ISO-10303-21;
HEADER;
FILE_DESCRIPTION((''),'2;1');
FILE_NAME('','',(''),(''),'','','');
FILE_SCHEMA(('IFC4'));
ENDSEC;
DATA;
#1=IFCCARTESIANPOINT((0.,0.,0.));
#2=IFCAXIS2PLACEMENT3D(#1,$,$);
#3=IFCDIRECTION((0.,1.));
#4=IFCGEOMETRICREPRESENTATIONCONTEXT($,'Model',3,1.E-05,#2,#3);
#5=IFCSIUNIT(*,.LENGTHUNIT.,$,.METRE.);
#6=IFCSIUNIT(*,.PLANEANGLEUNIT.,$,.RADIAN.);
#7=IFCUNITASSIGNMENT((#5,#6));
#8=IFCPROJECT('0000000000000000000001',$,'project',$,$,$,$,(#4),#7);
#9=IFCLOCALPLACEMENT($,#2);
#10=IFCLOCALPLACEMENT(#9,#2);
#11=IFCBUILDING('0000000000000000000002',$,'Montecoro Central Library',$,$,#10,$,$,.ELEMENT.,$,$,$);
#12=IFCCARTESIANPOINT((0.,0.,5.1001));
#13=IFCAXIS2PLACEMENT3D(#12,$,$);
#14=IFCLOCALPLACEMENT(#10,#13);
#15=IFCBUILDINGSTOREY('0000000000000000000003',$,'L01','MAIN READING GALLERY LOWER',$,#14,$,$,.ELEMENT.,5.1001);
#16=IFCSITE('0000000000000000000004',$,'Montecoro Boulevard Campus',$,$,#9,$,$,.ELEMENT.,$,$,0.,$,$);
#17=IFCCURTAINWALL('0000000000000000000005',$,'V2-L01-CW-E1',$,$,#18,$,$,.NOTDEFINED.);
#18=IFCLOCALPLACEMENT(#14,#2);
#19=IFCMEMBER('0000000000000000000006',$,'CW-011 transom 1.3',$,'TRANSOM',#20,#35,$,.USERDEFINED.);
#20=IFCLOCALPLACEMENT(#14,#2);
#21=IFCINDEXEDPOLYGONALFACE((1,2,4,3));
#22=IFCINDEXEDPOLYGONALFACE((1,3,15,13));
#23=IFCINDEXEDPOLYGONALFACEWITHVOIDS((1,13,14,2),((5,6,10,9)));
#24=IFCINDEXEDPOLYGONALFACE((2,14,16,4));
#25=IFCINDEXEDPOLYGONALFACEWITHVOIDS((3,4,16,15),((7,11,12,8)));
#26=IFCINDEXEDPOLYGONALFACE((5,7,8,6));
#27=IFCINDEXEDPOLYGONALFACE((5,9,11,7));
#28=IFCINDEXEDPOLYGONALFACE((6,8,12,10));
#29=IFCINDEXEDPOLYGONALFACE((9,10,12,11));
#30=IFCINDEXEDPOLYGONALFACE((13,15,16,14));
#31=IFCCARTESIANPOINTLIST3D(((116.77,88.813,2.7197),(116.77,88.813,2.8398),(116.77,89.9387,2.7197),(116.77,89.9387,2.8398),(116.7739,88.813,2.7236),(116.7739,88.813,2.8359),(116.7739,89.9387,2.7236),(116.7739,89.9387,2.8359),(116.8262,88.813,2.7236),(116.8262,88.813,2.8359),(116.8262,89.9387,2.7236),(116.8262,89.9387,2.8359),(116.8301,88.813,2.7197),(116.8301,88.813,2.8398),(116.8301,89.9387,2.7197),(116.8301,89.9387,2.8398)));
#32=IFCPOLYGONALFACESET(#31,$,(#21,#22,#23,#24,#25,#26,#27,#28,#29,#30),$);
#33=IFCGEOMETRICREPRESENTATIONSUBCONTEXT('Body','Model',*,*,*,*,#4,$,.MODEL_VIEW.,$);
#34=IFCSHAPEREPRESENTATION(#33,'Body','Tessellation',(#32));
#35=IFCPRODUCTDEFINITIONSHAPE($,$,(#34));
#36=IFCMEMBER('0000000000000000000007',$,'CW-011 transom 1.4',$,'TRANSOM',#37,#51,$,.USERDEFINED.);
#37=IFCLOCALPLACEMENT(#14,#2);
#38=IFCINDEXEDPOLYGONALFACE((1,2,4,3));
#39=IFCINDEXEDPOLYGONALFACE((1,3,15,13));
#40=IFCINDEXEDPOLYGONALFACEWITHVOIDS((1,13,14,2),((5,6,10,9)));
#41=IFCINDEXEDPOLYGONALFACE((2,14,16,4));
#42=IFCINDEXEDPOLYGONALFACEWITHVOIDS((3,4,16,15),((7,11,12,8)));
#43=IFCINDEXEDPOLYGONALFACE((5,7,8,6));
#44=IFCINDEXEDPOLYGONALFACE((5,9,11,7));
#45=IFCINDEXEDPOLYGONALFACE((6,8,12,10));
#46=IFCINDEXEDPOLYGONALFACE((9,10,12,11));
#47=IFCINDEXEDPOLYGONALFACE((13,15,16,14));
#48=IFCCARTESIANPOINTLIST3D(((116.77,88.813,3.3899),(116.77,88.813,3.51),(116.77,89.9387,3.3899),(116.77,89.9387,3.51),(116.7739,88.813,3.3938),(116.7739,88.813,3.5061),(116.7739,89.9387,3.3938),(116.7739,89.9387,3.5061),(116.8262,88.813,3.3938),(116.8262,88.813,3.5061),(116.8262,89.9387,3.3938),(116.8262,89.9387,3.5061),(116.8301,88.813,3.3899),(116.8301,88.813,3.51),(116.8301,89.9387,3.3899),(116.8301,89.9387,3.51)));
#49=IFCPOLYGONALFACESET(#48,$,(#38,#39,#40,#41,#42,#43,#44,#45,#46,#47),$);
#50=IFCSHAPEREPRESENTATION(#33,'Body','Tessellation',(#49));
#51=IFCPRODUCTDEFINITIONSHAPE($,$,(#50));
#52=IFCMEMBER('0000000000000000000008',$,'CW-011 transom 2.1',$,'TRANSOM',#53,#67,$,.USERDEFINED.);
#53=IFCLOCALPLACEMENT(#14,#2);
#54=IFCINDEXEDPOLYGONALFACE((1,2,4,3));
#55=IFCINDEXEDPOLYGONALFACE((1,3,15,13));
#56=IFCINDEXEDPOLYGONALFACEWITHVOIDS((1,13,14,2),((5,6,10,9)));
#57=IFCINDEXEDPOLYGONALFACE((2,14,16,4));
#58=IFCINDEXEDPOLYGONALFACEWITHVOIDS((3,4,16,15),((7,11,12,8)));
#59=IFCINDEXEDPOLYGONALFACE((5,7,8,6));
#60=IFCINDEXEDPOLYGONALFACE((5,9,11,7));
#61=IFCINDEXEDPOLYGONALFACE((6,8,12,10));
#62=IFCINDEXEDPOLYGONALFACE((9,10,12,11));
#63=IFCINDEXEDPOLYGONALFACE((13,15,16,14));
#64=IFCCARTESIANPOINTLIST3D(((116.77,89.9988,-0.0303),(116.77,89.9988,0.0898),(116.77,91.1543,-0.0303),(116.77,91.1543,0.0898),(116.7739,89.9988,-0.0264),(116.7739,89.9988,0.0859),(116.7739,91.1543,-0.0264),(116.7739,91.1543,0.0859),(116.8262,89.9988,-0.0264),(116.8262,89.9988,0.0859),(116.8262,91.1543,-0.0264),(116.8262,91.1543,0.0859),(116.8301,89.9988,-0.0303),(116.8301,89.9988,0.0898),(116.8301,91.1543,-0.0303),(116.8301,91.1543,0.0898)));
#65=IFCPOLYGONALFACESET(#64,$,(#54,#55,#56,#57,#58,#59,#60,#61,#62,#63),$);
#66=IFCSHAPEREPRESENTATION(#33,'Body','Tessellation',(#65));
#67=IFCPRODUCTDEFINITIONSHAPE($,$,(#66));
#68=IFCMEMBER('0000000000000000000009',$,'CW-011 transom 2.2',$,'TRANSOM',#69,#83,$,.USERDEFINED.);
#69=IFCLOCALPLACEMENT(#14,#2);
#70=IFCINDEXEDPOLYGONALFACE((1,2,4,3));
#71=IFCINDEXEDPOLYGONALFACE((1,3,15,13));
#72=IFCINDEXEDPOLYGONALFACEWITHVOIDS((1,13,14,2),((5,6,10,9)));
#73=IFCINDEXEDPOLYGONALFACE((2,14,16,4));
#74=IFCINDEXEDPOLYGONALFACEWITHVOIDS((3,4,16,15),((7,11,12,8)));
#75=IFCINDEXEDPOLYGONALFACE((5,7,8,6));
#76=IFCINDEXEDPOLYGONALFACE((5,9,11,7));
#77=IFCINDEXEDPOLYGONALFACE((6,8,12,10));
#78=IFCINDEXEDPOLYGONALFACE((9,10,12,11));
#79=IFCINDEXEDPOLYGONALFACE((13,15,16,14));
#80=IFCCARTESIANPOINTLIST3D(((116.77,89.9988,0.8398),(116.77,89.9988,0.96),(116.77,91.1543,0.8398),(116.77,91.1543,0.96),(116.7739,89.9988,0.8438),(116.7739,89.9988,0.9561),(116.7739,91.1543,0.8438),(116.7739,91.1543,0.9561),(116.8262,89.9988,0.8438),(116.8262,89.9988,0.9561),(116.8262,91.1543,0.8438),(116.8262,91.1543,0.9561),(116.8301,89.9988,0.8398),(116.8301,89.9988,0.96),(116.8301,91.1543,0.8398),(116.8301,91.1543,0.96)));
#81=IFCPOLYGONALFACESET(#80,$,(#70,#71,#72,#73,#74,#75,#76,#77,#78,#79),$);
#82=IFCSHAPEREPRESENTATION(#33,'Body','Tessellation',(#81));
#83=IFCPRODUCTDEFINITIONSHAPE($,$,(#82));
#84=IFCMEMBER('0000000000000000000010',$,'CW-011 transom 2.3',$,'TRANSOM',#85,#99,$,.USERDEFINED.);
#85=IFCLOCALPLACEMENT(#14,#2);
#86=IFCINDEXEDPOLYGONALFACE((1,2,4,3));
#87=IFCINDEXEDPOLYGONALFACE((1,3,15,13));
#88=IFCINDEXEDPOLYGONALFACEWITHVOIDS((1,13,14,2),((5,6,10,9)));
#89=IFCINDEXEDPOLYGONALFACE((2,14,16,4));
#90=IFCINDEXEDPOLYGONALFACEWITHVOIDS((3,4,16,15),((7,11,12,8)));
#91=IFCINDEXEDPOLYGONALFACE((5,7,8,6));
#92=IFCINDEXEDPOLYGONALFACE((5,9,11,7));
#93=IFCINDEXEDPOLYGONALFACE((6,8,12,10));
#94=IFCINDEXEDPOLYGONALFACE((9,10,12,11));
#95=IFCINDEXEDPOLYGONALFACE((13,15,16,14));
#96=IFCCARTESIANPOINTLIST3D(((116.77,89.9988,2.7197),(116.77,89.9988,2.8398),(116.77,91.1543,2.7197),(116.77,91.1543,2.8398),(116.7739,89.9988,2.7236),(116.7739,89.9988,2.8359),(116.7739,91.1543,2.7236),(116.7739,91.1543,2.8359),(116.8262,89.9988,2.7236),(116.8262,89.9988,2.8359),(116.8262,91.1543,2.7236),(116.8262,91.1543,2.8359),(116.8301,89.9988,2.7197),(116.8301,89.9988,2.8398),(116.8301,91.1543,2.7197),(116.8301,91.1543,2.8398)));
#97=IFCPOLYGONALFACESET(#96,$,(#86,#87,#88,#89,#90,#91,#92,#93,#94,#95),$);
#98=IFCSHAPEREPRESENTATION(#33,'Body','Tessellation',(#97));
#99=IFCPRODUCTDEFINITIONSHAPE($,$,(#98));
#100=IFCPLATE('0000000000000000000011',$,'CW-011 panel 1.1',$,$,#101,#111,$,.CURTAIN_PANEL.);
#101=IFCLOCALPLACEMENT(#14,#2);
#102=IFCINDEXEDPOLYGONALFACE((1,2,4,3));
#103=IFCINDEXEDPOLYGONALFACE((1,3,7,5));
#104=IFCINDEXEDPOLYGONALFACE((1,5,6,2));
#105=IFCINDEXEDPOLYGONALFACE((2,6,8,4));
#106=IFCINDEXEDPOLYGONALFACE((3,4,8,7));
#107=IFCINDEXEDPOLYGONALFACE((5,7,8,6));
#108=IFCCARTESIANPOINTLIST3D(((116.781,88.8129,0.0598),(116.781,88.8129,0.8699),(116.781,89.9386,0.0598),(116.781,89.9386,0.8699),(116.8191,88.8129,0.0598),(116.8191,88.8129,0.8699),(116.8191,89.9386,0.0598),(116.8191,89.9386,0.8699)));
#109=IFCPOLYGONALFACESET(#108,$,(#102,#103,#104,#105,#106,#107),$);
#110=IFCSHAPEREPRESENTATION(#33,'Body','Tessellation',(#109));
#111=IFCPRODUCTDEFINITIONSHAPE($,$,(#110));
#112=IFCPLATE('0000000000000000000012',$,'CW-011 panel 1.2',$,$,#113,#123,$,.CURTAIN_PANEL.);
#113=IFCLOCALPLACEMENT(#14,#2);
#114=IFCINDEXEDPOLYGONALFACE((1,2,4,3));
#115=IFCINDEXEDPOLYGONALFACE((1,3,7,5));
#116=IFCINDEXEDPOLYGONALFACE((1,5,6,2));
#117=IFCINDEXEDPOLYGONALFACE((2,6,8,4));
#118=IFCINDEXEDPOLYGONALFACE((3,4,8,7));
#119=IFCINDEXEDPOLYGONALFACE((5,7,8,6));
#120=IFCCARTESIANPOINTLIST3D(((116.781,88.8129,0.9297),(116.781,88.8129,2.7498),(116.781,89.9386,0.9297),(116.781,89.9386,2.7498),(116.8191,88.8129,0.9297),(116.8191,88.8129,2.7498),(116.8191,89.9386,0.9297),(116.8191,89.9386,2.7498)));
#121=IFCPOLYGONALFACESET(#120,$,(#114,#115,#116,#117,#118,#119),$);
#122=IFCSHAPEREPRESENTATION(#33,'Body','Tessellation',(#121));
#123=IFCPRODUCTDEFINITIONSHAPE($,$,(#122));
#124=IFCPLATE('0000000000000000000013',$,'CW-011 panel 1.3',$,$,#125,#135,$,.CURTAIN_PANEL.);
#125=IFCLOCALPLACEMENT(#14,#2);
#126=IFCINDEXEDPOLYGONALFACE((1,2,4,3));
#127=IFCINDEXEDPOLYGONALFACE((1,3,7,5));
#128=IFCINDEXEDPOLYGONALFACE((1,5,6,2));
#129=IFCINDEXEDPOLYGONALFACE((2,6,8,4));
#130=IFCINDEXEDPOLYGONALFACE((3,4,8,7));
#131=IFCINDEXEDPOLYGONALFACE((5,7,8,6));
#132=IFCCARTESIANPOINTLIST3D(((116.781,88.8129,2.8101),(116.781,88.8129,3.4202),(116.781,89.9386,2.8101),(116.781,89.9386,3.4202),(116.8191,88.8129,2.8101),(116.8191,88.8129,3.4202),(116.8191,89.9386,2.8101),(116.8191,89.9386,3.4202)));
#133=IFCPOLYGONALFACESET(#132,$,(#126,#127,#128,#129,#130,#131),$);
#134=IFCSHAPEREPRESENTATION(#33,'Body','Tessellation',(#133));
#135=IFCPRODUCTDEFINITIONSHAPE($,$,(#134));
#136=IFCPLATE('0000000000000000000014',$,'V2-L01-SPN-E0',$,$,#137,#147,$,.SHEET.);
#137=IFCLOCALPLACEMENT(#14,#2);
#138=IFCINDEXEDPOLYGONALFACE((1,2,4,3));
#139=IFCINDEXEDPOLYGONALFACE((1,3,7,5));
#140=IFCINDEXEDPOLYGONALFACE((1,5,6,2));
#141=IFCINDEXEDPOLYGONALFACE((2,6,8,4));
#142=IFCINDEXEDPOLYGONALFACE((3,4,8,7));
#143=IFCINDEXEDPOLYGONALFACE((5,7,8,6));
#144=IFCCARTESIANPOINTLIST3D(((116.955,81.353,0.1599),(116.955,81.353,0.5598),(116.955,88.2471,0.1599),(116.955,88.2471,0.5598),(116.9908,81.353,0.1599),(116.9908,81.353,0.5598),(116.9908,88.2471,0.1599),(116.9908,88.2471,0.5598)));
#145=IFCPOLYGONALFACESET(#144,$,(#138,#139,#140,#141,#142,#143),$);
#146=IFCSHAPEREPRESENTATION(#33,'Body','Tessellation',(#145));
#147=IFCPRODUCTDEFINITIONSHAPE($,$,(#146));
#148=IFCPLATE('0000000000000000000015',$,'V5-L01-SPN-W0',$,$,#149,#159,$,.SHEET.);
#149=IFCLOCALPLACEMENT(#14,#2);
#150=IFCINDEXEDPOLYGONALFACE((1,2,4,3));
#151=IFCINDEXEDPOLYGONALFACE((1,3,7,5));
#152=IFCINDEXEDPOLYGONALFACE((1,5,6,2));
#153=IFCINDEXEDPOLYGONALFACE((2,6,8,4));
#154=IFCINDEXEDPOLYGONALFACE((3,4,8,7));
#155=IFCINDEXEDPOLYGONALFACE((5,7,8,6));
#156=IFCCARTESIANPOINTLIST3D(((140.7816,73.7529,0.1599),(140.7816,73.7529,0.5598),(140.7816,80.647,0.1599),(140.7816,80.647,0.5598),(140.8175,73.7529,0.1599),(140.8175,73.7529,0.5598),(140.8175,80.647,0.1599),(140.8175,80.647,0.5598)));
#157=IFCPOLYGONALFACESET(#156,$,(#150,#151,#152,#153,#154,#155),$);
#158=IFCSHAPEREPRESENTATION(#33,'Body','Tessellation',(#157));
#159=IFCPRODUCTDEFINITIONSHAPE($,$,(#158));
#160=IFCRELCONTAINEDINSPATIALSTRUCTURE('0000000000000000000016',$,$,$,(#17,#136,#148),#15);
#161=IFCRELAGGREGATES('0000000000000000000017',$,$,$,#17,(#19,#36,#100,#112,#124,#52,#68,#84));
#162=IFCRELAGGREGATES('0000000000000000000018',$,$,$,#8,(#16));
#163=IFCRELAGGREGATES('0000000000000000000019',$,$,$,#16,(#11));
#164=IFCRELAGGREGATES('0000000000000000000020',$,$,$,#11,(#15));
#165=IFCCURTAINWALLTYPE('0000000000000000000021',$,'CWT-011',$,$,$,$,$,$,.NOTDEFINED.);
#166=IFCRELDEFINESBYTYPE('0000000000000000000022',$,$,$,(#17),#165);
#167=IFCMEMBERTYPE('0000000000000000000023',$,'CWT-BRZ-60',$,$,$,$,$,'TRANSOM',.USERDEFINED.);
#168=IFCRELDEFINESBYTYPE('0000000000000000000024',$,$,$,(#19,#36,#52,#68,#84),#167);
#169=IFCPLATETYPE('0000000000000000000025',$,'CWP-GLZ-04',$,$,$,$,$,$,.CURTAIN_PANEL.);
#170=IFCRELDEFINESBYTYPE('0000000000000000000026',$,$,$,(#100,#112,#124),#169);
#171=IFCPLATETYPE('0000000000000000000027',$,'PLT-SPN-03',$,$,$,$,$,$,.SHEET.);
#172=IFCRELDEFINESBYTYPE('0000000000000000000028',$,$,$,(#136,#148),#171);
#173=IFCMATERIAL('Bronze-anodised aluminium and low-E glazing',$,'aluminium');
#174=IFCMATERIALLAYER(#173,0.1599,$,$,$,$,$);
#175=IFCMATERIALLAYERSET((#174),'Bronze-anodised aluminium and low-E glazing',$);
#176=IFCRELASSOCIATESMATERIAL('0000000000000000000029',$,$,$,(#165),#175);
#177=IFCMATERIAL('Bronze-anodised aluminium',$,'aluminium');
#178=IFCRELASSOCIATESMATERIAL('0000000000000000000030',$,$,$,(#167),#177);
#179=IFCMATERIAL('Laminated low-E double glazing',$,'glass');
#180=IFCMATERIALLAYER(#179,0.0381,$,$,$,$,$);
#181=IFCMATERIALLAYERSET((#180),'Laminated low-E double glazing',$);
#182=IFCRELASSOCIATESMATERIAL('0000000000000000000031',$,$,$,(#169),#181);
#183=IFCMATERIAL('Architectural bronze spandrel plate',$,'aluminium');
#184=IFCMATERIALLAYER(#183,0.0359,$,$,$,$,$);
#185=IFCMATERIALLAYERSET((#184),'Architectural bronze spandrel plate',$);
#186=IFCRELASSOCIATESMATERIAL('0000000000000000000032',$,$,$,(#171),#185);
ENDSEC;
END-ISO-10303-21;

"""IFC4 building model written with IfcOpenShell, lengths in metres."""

from ifc_helpers import new_model, si_unit, direction, frame, origin, origin_2d, place, context, subcontext, project, spatial, rectangle, hollow_rectangle, extrude, material, layer, layer_set, material_profile, profile_set, type_object, element, aggregate, save


model = new_model("IFC4")

# Units and contexts
model_context = context("Model", 3, precision=1e-05, world=origin(), true_north=direction((0.0, 1.0)))
body_context = subcontext(model_context, "Body", "Model", "MODEL_VIEW")
ifc_project = project(units=[si_unit("LENGTHUNIT", "METRE"), si_unit("PLANEANGLEUNIT", "RADIAN")], contexts=[model_context])

# Site, building, storey
site_placement = place(None, origin())
site = spatial("IfcSite", under=ifc_project, at=site_placement, Name="Montecoro Boulevard Campus", CompositionType="ELEMENT", RefElevation=0.0)
building_placement = place(site_placement, origin())
building = spatial("IfcBuilding", under=site, at=building_placement, Name="Montecoro Central Library", CompositionType="ELEMENT")
storey_placement = place(building_placement, frame((0.0, 0.0, 5.1001)))
storey = spatial("IfcBuildingStorey", under=building, at=storey_placement, Name="L01", Description="MAIN READING GALLERY LOWER", CompositionType="ELEMENT", Elevation=5.1001)

# Curtain wall, members, plates
ifc_material_1 = material(Name="Bronze-anodised aluminium and low-E glazing", Category="aluminium")
ifc_layer_1 = layer(ifc_material_1, 0.1599)
ifc_layer_set_1 = layer_set([ifc_layer_1], Name="Bronze-anodised aluminium and low-E glazing")
curtain_wall_type = type_object("IfcCurtainWallType", Name="CWT-011", PredefinedType="NOTDEFINED", material=ifc_layer_set_1)
curtain_wall_placement = place(storey_placement, origin())
curtain_wall = element("IfcCurtainWall", 1, at=curtain_wall_placement, inside=storey, type_object=curtain_wall_type, Name="V2-L01-CW-E1", PredefinedType="NOTDEFINED")
ifc_material_2 = material(Name="Bronze-anodised aluminium", Category="aluminium")
ifc_material_profile_1 = material_profile(ifc_material_2, hollow_rectangle(XDim=0.0601, YDim=0.1201, WallThickness=0.0039, at=origin_2d()), Name="CWT 120x60x4.0")
ifc_profile_set_1 = profile_set([ifc_material_profile_1], Name="Bronze-anodised aluminium")
member_type_1 = type_object("IfcMemberType", Name="CWT-BRZ-60", ElementType="TRANSOM", PredefinedType="USERDEFINED", material=ifc_profile_set_1)
member_1_placement = place(storey_placement, frame((116.8, 88.813, 2.7798), z_axis=(0.0, 1.0, 0.0), x_axis=(-1.0, 0.0, 0.0)))
member_1 = element("IfcMember", 2, at=member_1_placement, type_object=member_type_1, Name="CW-011 transom 1.3", ObjectType="TRANSOM", PredefinedType="USERDEFINED", context=body_context, shape_type="SweptSolid", body=[
    extrude(hollow_rectangle(XDim=0.0601, YDim=0.1201, WallThickness=0.0039, at=origin_2d()), origin(), (0.0, 0.0, 1.0), 1.1257),
])
member_2_placement = place(storey_placement, frame((116.8, 88.813, 3.45), z_axis=(0.0, 1.0, 0.0), x_axis=(-1.0, 0.0, 0.0)))
member_2 = element("IfcMember", 3, at=member_2_placement, type_object=member_type_1, Name="CW-011 transom 1.4", ObjectType="TRANSOM", PredefinedType="USERDEFINED", context=body_context, shape_type="SweptSolid", body=[
    extrude(hollow_rectangle(XDim=0.0601, YDim=0.1201, WallThickness=0.0039, at=origin_2d()), origin(), (0.0, 0.0, 1.0), 1.1257),
])
member_3_placement = place(storey_placement, frame((116.8, 89.9988, 0.0298), z_axis=(0.0, 1.0, 0.0), x_axis=(-1.0, 0.0, 0.0)))
member_3 = element("IfcMember", 4, at=member_3_placement, type_object=member_type_1, Name="CW-011 transom 2.1", ObjectType="TRANSOM", PredefinedType="USERDEFINED", context=body_context, shape_type="SweptSolid", body=[
    extrude(hollow_rectangle(XDim=0.0601, YDim=0.1201, WallThickness=0.0039, at=origin_2d()), origin(), (0.0, 0.0, 1.0), 1.1555),
])
member_4_placement = place(storey_placement, frame((116.8, 89.9988, 0.8999), z_axis=(0.0, 1.0, 0.0), x_axis=(-1.0, 0.0, 0.0)))
member_4 = element("IfcMember", 5, at=member_4_placement, type_object=member_type_1, Name="CW-011 transom 2.2", ObjectType="TRANSOM", PredefinedType="USERDEFINED", context=body_context, shape_type="SweptSolid", body=[
    extrude(hollow_rectangle(XDim=0.0601, YDim=0.1201, WallThickness=0.0039, at=origin_2d()), origin(), (0.0, 0.0, 1.0), 1.1555),
])
member_5_placement = place(storey_placement, frame((116.8, 89.9988, 2.7798), z_axis=(0.0, 1.0, 0.0), x_axis=(-1.0, 0.0, 0.0)))
member_5 = element("IfcMember", 6, at=member_5_placement, type_object=member_type_1, Name="CW-011 transom 2.3", ObjectType="TRANSOM", PredefinedType="USERDEFINED", context=body_context, shape_type="SweptSolid", body=[
    extrude(hollow_rectangle(XDim=0.0601, YDim=0.1201, WallThickness=0.0039, at=origin_2d()), origin(), (0.0, 0.0, 1.0), 1.1555),
])
ifc_material_3 = material(Name="Laminated low-E double glazing", Category="glass")
ifc_layer_2 = layer(ifc_material_3, 0.0381)
ifc_layer_set_2 = layer_set([ifc_layer_2], Name="Laminated low-E double glazing")
plate_type_1 = type_object("IfcPlateType", Name="CWP-GLZ-04", PredefinedType="CURTAIN_PANEL", material=ifc_layer_set_2)
plate_1_placement = place(storey_placement, frame((116.8, 89.3757, 0.0598), z_axis=(0.0, 0.0, 1.0), x_axis=(0.0, 1.0, 0.0)))
plate_1 = element("IfcPlate", 7, at=plate_1_placement, type_object=plate_type_1, Name="CW-011 panel 1.1", PredefinedType="CURTAIN_PANEL", context=body_context, shape_type="SweptSolid", body=[
    extrude(rectangle(XDim=1.1257, YDim=0.0381, at=origin_2d()), origin(), (0.0, 0.0, 1.0), 0.8101),
])
plate_2_placement = place(storey_placement, frame((116.8, 89.3757, 0.9297), z_axis=(0.0, 0.0, 1.0), x_axis=(0.0, 1.0, 0.0)))
plate_2 = element("IfcPlate", 8, at=plate_2_placement, type_object=plate_type_1, Name="CW-011 panel 1.2", PredefinedType="CURTAIN_PANEL", context=body_context, shape_type="SweptSolid", body=[
    extrude(rectangle(XDim=1.1257, YDim=0.0381, at=origin_2d()), origin(), (0.0, 0.0, 1.0), 1.8201),
])
plate_3_placement = place(storey_placement, frame((116.8, 89.3757, 2.8101), z_axis=(0.0, 0.0, 1.0), x_axis=(0.0, 1.0, 0.0)))
plate_3 = element("IfcPlate", 9, at=plate_3_placement, type_object=plate_type_1, Name="CW-011 panel 1.3", PredefinedType="CURTAIN_PANEL", context=body_context, shape_type="SweptSolid", body=[
    extrude(rectangle(XDim=1.1257, YDim=0.0381, at=origin_2d()), origin(), (0.0, 0.0, 1.0), 0.6101),
])
aggregate(curtain_wall, [member_1, member_2, plate_1, plate_2, plate_3, member_3, member_4, member_5])

# Plates
ifc_material_4 = material(Name="Architectural bronze spandrel plate", Category="aluminium")
ifc_layer_3 = layer(ifc_material_4, 0.0359)
ifc_layer_set_3 = layer_set([ifc_layer_3], Name="Architectural bronze spandrel plate")
plate_type_2 = type_object("IfcPlateType", Name="PLT-SPN-03", PredefinedType="SHEET", material=ifc_layer_set_3)
for number, where, z_axis, x_axis, name in (
    (10, (116.9729, 84.8, 0.1599), (0.0, 0.0, 1.0), (0.0, 1.0, 0.0), "V2-L01-SPN-E0"),
    (11, (140.7996, 77.2, 0.1599), (0.0, 0.0, 1.0), (0.0, -1.0, 0.0), "V5-L01-SPN-W0"),
):
    element("IfcPlate", number, at=place(storey_placement, frame(where, z_axis=z_axis, x_axis=x_axis)), inside=storey, type_object=plate_type_2, Name=name, PredefinedType="SHEET", context=body_context, shape_type="SweptSolid", body=[
        extrude(rectangle(XDim=6.894, YDim=0.0359, at=origin_2d()), origin(), (0.0, 0.0, 1.0), 0.3999),
    ])

save(model, "model.ifc")
